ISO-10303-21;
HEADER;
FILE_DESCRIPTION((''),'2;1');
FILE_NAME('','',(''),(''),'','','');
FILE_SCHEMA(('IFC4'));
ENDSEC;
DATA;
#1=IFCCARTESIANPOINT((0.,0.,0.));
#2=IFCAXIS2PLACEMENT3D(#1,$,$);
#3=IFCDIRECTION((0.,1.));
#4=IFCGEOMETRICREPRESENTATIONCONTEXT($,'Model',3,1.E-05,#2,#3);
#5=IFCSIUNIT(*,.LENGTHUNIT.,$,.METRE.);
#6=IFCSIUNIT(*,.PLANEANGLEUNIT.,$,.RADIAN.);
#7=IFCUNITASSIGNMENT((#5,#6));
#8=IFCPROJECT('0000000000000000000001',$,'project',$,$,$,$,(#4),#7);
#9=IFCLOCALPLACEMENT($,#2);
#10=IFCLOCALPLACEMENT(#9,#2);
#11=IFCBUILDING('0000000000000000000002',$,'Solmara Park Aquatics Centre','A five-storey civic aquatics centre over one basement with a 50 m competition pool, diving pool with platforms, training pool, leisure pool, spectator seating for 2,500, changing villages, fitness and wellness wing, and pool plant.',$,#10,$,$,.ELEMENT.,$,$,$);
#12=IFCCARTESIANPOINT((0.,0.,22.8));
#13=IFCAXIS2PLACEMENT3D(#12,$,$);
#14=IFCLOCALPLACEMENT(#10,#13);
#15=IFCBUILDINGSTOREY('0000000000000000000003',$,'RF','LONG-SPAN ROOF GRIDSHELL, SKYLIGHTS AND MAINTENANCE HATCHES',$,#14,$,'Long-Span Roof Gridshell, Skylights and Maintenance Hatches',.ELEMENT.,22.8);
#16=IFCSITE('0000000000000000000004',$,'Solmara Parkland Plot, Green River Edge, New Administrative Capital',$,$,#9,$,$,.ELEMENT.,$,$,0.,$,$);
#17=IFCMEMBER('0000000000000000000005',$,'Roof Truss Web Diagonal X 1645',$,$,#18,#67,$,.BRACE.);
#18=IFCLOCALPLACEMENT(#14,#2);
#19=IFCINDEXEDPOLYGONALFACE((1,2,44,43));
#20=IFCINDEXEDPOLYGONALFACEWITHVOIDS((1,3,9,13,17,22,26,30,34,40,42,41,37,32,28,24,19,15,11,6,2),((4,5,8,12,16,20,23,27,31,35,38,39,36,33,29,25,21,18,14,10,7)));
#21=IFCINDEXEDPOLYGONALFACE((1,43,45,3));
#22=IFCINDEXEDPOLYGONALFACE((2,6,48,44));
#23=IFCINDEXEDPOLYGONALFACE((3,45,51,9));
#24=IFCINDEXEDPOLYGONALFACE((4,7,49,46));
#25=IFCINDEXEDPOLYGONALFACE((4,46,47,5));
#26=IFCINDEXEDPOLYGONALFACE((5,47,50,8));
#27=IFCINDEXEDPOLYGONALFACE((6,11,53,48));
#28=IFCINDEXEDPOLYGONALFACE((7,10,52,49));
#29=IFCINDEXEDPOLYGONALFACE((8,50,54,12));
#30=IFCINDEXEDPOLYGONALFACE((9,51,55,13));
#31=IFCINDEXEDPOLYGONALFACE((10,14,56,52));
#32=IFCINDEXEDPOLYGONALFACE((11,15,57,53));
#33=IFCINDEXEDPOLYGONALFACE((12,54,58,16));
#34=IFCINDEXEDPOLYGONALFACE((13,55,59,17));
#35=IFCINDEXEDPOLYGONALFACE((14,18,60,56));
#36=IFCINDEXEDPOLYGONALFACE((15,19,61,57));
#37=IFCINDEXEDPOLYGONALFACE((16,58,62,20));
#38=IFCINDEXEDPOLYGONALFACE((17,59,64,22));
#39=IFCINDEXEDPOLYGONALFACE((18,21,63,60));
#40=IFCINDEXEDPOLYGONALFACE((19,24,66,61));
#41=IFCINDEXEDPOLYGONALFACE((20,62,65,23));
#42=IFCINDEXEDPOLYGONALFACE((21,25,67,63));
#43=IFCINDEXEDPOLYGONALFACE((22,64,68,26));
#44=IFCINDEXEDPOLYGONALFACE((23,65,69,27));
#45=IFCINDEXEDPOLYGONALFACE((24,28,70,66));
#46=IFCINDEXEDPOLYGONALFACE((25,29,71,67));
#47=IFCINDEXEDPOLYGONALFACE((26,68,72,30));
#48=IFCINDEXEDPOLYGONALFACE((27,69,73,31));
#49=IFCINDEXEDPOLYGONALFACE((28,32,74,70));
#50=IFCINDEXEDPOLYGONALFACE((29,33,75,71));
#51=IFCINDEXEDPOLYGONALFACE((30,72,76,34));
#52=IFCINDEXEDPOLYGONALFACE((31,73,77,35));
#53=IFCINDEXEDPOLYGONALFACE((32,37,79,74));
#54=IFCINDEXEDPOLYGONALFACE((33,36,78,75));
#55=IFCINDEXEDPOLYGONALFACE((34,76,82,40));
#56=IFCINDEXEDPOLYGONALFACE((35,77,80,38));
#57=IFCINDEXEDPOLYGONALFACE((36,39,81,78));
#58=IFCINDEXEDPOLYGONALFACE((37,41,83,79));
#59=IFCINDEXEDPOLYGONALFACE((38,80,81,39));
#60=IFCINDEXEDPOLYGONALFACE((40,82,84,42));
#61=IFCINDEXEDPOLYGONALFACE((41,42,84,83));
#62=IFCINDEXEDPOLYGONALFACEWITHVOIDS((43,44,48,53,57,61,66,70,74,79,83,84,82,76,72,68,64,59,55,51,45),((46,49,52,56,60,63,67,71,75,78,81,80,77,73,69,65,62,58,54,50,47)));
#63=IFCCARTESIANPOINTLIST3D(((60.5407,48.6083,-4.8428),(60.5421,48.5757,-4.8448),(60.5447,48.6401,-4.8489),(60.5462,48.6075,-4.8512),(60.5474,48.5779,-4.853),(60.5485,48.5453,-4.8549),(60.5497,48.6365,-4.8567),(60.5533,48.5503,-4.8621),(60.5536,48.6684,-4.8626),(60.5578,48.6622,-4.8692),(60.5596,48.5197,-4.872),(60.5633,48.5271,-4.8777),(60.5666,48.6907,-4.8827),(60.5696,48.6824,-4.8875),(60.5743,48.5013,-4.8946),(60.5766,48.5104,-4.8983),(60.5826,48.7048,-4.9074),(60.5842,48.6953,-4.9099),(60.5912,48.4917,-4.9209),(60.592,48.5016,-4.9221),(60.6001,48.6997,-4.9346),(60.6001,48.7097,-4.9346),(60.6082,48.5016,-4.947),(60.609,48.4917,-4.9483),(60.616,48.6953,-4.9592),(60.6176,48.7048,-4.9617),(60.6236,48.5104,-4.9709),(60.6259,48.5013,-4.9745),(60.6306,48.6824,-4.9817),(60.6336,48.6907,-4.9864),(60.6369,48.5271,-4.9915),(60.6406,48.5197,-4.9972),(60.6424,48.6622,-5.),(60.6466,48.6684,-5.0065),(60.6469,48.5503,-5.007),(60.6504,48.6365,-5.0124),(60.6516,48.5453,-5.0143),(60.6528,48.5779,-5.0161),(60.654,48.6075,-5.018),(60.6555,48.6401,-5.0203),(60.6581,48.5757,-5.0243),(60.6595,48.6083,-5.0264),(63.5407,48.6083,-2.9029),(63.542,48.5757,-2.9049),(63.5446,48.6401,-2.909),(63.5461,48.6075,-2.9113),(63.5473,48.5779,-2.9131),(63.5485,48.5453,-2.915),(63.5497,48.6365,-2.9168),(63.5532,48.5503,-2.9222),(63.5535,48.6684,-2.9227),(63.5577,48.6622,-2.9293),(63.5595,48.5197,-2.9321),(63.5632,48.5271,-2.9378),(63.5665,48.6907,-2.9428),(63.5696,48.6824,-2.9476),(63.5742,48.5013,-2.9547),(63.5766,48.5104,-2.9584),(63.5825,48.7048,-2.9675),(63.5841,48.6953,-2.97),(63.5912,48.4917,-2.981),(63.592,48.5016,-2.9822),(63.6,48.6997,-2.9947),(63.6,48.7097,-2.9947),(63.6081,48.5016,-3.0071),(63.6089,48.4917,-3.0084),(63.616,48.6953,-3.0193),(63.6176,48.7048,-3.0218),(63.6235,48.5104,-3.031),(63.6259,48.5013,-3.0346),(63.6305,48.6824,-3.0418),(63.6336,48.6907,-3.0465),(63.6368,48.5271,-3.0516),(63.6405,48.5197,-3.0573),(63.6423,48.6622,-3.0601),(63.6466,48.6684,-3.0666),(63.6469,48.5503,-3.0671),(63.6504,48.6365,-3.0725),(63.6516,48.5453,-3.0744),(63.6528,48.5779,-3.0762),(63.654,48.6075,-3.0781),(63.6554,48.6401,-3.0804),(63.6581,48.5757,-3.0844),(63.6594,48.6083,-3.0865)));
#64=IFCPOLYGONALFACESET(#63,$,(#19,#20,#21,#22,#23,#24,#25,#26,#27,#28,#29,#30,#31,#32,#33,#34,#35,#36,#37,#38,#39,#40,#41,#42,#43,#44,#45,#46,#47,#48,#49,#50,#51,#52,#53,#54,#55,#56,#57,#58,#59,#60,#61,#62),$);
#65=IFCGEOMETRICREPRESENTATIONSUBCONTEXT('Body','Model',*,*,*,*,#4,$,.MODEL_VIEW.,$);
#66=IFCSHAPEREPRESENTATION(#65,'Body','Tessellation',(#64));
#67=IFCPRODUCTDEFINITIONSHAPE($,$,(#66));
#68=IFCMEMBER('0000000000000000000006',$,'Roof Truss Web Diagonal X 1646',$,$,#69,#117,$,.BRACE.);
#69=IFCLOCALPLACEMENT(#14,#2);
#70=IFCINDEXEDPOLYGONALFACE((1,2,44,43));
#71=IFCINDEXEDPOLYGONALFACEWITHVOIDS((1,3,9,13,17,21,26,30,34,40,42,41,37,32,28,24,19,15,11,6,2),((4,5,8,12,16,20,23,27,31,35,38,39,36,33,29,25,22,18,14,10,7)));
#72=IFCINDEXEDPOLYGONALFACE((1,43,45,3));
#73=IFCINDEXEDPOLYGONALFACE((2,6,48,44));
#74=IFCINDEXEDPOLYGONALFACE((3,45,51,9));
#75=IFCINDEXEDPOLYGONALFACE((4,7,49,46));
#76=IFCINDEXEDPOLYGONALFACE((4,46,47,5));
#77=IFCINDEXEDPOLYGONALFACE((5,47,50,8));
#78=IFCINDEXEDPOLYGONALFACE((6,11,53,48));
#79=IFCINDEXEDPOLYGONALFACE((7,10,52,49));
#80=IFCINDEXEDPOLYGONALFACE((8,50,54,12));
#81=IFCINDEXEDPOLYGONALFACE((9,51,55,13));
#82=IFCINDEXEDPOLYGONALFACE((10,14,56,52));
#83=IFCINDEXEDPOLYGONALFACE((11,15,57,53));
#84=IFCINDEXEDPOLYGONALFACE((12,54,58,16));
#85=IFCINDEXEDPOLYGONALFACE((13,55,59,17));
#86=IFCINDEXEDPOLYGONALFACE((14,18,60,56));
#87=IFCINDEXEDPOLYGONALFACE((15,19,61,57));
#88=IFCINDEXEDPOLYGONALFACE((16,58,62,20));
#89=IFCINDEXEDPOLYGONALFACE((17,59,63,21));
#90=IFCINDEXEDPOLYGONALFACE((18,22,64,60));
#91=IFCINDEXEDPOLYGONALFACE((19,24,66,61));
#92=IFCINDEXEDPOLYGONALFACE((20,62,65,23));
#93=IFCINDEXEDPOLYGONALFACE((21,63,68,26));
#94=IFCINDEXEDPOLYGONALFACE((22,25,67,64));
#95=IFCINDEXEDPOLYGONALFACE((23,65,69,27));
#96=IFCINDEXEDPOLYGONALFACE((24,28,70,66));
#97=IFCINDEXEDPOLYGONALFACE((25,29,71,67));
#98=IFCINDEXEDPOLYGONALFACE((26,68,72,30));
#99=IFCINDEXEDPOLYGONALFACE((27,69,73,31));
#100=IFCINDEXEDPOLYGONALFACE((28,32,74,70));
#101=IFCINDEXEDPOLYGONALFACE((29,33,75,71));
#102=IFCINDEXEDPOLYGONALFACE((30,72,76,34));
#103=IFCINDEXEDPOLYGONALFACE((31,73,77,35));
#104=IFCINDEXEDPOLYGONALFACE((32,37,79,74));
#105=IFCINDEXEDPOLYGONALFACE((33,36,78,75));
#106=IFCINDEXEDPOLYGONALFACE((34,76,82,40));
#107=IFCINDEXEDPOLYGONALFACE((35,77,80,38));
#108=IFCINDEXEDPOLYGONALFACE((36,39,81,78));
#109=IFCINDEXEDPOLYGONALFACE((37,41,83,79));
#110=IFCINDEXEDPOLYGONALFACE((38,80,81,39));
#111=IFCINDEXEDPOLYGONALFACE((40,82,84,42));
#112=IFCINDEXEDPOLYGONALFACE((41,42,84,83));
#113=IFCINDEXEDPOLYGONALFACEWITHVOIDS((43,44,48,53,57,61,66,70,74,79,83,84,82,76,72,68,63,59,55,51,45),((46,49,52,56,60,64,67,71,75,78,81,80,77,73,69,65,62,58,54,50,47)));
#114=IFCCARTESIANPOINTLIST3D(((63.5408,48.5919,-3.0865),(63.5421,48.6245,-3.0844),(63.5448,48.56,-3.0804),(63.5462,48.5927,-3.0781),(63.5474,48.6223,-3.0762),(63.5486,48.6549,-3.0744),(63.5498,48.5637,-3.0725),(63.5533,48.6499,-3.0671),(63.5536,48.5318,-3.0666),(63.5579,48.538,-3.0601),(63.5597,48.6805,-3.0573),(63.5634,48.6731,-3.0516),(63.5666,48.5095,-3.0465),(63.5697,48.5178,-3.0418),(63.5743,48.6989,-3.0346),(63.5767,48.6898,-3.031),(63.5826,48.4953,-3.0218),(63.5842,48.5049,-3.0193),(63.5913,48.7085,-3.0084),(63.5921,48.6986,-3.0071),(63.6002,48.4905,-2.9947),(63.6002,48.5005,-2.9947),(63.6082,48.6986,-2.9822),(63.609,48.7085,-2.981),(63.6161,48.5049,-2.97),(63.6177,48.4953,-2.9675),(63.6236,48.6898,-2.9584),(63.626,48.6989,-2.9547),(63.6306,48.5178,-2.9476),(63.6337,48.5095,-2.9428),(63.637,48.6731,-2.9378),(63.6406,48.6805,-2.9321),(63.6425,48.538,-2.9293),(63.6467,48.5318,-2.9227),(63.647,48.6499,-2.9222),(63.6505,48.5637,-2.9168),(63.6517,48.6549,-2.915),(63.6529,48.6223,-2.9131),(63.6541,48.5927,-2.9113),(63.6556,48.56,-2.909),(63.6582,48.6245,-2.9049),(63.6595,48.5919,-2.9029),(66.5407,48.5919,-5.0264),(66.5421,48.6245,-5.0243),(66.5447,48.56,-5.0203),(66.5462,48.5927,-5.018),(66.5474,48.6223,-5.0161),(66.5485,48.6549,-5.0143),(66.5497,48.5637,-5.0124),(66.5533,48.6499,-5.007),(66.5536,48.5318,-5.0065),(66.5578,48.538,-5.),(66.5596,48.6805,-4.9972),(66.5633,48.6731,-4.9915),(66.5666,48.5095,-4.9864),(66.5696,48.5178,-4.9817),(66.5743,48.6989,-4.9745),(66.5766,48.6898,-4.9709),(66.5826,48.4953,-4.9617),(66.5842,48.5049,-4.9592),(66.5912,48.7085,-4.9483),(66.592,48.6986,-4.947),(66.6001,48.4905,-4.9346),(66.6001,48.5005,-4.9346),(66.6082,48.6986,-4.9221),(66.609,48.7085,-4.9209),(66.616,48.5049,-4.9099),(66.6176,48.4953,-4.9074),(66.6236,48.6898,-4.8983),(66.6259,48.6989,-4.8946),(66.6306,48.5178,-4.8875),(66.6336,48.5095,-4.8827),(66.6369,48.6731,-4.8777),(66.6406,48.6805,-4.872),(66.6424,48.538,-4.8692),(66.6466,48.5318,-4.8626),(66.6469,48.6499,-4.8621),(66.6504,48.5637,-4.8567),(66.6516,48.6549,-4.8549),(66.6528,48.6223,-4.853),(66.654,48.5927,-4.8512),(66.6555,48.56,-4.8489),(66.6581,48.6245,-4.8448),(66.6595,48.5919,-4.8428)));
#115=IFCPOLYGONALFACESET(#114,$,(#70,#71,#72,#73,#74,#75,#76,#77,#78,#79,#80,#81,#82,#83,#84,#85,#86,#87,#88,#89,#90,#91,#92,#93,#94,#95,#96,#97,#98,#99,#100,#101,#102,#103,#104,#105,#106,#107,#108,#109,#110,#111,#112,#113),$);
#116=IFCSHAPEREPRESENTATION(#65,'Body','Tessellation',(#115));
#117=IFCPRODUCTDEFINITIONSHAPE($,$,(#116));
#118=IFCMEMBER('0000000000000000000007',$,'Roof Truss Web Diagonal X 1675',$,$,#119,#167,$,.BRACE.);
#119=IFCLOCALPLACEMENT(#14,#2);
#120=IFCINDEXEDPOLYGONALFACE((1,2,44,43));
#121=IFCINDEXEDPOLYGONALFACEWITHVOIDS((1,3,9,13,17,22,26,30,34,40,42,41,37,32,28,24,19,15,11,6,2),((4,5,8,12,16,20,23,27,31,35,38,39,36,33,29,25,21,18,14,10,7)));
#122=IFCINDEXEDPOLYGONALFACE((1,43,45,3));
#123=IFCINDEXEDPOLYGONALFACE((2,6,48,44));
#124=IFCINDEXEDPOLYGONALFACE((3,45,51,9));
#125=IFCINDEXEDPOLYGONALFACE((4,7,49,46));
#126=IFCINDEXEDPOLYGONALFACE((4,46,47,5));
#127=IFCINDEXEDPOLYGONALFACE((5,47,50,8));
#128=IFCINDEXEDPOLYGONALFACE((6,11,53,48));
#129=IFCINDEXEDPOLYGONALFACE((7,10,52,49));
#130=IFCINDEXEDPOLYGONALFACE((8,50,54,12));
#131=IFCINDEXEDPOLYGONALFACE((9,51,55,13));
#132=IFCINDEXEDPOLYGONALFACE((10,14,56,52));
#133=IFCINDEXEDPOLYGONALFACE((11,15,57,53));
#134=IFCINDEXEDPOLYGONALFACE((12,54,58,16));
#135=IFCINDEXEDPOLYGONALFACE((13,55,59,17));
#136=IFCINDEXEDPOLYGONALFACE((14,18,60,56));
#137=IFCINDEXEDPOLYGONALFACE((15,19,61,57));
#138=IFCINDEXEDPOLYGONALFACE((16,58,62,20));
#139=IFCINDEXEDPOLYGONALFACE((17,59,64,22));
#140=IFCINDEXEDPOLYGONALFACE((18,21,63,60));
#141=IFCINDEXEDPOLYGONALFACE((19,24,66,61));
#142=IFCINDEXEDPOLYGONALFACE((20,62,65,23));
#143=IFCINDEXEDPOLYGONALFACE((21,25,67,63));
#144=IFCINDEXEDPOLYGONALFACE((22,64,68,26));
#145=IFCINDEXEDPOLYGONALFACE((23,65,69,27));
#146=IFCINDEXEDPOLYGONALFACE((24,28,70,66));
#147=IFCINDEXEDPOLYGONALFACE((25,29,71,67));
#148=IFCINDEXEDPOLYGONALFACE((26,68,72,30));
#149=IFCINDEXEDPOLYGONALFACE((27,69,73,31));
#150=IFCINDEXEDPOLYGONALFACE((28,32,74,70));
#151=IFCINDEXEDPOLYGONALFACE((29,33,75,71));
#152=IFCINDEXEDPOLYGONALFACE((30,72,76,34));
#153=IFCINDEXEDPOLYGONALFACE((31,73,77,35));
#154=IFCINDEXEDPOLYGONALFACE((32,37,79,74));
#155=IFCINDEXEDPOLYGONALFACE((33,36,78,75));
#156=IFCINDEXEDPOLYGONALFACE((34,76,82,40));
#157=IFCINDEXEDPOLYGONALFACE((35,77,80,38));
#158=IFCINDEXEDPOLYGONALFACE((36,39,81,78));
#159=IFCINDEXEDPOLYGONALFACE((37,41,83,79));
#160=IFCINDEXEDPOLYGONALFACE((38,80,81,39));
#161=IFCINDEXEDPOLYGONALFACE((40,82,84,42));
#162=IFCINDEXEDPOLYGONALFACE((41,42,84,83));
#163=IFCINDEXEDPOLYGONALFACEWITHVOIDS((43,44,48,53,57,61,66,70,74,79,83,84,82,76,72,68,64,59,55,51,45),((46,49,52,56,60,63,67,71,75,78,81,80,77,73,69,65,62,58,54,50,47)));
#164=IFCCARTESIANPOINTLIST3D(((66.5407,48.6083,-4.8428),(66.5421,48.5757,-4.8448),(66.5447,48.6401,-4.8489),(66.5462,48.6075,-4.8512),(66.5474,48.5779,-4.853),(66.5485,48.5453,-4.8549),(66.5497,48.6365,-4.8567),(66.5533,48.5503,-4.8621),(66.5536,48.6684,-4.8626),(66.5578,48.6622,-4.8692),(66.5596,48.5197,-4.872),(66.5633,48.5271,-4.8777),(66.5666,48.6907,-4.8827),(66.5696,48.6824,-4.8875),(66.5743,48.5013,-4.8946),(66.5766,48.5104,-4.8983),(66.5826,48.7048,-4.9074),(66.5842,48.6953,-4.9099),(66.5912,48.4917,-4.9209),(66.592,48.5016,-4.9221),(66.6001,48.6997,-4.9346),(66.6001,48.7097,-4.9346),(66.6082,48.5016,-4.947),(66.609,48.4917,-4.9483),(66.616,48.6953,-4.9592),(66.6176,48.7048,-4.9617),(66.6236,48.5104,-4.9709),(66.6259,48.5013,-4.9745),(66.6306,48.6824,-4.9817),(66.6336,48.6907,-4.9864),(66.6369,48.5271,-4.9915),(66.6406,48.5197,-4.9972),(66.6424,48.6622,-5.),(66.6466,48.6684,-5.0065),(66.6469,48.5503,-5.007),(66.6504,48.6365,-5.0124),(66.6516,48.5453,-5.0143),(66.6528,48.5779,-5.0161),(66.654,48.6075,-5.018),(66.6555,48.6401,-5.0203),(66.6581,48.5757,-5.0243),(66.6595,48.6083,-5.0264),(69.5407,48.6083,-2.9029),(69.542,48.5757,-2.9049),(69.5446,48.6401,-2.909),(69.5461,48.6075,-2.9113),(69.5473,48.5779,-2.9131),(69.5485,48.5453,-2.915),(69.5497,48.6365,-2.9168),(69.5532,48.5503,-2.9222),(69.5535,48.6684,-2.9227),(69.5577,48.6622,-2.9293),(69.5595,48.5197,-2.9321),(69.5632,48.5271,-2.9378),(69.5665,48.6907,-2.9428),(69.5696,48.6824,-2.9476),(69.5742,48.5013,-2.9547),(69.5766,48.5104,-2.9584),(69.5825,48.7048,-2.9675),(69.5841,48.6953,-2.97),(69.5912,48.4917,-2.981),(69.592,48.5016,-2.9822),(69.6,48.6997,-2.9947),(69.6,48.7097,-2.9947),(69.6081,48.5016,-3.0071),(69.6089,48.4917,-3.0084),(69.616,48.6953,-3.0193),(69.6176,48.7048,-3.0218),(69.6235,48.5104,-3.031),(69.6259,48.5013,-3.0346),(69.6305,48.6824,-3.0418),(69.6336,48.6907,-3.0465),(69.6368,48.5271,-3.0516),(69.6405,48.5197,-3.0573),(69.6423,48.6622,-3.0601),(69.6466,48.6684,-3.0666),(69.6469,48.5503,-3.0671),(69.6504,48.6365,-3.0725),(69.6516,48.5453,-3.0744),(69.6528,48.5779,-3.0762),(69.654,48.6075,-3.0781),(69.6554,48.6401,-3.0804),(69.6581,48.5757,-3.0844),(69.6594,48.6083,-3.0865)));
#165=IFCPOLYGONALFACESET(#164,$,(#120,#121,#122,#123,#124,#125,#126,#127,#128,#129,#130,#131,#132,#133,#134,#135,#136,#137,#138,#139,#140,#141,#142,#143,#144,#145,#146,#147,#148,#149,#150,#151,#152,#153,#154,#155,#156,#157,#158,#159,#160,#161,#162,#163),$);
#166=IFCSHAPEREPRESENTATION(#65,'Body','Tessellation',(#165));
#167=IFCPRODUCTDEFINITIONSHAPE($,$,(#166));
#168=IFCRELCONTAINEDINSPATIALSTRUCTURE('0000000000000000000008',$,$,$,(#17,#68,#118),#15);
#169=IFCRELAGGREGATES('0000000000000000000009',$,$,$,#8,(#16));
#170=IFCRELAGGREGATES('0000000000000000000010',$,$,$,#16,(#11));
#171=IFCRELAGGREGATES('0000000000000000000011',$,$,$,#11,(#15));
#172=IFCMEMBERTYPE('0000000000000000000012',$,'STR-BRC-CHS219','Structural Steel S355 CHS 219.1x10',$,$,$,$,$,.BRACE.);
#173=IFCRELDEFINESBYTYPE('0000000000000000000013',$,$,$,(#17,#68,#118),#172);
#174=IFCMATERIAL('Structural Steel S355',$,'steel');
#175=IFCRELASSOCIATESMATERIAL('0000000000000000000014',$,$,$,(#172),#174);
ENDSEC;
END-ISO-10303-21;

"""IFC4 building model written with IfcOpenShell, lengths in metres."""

from ifc_helpers import new_model, si_unit, direction, frame, origin, origin_2d, place, context, subcontext, project, spatial, hollow_circle, extrude, material, material_profile, profile_set, type_object, element, save


model = new_model("IFC4")

# Units and contexts
model_context = context("Model", 3, precision=1e-05, world=origin(), true_north=direction((0.0, 1.0)))
body_context = subcontext(model_context, "Body", "Model", "MODEL_VIEW")
ifc_project = project(units=[si_unit("LENGTHUNIT", "METRE"), si_unit("PLANEANGLEUNIT", "RADIAN")], contexts=[model_context])

# Site, building, storey
site_placement = place(None, origin())
site = spatial("IfcSite", under=ifc_project, at=site_placement, Name="Solmara Parkland Plot, Green River Edge, New Administrative Capital", CompositionType="ELEMENT", RefElevation=0.0)
building_placement = place(site_placement, origin())
building = spatial("IfcBuilding", under=site, at=building_placement, Name="Solmara Park Aquatics Centre", Description="A five-storey civic aquatics centre over one basement with a 50 m competition pool, diving pool with platforms, training pool, leisure pool, spectator seating for 2,500, changing villages, fitness and wellness wing, and pool plant.", CompositionType="ELEMENT")
storey_placement = place(building_placement, frame((0.0, 0.0, 22.8)))
storey = spatial("IfcBuildingStorey", under=building, at=storey_placement, Name="RF", Description="LONG-SPAN ROOF GRIDSHELL, SKYLIGHTS AND MAINTENANCE HATCHES", LongName="Long-Span Roof Gridshell, Skylights and Maintenance Hatches", CompositionType="ELEMENT", Elevation=22.8)

# Members
ifc_material_1 = material(Name="Structural Steel S355", Category="steel")
ifc_material_profile_1 = material_profile(ifc_material_1, hollow_circle(Radius=0.1096, WallThickness=0.01, at=origin_2d()), Name="CHS 219.1x10")
ifc_profile_set_1 = profile_set([ifc_material_profile_1], Name="Structural Steel S355")
member_type_1 = type_object("IfcMemberType", Name="STR-BRC-CHS219", Description="Structural Steel S355 CHS 219.1x10", PredefinedType="BRACE", material=ifc_profile_set_1)
for number, where, z_axis, x_axis, name in (
    (1, (60.6001, 48.6001, -4.9346), (0.839728, 0.0, 0.543008), (0.0, 1.0, 0.0), "Roof Truss Web Diagonal X 1645"),
    (2, (66.6001, 48.6001, -4.9346), (-0.839728, 0.0, 0.543008), (0.0, -1.0, 0.0), "Roof Truss Web Diagonal X 1646"),
    (3, (66.6001, 48.6001, -4.9346), (0.839728, 0.0, 0.543008), (0.0, 1.0, 0.0), "Roof Truss Web Diagonal X 1675"),
):
    element("IfcMember", number, at=place(storey_placement, frame(where, z_axis=z_axis, x_axis=x_axis)), inside=storey, type_object=member_type_1, Name=name, PredefinedType="BRACE", context=body_context, shape_type="SweptSolid", body=[
        extrude(hollow_circle(Radius=0.1096, WallThickness=0.01, at=origin_2d()), origin(), (0.0, 0.0, 1.0), 3.5725),
    ])

save(model, "model.ifc")
